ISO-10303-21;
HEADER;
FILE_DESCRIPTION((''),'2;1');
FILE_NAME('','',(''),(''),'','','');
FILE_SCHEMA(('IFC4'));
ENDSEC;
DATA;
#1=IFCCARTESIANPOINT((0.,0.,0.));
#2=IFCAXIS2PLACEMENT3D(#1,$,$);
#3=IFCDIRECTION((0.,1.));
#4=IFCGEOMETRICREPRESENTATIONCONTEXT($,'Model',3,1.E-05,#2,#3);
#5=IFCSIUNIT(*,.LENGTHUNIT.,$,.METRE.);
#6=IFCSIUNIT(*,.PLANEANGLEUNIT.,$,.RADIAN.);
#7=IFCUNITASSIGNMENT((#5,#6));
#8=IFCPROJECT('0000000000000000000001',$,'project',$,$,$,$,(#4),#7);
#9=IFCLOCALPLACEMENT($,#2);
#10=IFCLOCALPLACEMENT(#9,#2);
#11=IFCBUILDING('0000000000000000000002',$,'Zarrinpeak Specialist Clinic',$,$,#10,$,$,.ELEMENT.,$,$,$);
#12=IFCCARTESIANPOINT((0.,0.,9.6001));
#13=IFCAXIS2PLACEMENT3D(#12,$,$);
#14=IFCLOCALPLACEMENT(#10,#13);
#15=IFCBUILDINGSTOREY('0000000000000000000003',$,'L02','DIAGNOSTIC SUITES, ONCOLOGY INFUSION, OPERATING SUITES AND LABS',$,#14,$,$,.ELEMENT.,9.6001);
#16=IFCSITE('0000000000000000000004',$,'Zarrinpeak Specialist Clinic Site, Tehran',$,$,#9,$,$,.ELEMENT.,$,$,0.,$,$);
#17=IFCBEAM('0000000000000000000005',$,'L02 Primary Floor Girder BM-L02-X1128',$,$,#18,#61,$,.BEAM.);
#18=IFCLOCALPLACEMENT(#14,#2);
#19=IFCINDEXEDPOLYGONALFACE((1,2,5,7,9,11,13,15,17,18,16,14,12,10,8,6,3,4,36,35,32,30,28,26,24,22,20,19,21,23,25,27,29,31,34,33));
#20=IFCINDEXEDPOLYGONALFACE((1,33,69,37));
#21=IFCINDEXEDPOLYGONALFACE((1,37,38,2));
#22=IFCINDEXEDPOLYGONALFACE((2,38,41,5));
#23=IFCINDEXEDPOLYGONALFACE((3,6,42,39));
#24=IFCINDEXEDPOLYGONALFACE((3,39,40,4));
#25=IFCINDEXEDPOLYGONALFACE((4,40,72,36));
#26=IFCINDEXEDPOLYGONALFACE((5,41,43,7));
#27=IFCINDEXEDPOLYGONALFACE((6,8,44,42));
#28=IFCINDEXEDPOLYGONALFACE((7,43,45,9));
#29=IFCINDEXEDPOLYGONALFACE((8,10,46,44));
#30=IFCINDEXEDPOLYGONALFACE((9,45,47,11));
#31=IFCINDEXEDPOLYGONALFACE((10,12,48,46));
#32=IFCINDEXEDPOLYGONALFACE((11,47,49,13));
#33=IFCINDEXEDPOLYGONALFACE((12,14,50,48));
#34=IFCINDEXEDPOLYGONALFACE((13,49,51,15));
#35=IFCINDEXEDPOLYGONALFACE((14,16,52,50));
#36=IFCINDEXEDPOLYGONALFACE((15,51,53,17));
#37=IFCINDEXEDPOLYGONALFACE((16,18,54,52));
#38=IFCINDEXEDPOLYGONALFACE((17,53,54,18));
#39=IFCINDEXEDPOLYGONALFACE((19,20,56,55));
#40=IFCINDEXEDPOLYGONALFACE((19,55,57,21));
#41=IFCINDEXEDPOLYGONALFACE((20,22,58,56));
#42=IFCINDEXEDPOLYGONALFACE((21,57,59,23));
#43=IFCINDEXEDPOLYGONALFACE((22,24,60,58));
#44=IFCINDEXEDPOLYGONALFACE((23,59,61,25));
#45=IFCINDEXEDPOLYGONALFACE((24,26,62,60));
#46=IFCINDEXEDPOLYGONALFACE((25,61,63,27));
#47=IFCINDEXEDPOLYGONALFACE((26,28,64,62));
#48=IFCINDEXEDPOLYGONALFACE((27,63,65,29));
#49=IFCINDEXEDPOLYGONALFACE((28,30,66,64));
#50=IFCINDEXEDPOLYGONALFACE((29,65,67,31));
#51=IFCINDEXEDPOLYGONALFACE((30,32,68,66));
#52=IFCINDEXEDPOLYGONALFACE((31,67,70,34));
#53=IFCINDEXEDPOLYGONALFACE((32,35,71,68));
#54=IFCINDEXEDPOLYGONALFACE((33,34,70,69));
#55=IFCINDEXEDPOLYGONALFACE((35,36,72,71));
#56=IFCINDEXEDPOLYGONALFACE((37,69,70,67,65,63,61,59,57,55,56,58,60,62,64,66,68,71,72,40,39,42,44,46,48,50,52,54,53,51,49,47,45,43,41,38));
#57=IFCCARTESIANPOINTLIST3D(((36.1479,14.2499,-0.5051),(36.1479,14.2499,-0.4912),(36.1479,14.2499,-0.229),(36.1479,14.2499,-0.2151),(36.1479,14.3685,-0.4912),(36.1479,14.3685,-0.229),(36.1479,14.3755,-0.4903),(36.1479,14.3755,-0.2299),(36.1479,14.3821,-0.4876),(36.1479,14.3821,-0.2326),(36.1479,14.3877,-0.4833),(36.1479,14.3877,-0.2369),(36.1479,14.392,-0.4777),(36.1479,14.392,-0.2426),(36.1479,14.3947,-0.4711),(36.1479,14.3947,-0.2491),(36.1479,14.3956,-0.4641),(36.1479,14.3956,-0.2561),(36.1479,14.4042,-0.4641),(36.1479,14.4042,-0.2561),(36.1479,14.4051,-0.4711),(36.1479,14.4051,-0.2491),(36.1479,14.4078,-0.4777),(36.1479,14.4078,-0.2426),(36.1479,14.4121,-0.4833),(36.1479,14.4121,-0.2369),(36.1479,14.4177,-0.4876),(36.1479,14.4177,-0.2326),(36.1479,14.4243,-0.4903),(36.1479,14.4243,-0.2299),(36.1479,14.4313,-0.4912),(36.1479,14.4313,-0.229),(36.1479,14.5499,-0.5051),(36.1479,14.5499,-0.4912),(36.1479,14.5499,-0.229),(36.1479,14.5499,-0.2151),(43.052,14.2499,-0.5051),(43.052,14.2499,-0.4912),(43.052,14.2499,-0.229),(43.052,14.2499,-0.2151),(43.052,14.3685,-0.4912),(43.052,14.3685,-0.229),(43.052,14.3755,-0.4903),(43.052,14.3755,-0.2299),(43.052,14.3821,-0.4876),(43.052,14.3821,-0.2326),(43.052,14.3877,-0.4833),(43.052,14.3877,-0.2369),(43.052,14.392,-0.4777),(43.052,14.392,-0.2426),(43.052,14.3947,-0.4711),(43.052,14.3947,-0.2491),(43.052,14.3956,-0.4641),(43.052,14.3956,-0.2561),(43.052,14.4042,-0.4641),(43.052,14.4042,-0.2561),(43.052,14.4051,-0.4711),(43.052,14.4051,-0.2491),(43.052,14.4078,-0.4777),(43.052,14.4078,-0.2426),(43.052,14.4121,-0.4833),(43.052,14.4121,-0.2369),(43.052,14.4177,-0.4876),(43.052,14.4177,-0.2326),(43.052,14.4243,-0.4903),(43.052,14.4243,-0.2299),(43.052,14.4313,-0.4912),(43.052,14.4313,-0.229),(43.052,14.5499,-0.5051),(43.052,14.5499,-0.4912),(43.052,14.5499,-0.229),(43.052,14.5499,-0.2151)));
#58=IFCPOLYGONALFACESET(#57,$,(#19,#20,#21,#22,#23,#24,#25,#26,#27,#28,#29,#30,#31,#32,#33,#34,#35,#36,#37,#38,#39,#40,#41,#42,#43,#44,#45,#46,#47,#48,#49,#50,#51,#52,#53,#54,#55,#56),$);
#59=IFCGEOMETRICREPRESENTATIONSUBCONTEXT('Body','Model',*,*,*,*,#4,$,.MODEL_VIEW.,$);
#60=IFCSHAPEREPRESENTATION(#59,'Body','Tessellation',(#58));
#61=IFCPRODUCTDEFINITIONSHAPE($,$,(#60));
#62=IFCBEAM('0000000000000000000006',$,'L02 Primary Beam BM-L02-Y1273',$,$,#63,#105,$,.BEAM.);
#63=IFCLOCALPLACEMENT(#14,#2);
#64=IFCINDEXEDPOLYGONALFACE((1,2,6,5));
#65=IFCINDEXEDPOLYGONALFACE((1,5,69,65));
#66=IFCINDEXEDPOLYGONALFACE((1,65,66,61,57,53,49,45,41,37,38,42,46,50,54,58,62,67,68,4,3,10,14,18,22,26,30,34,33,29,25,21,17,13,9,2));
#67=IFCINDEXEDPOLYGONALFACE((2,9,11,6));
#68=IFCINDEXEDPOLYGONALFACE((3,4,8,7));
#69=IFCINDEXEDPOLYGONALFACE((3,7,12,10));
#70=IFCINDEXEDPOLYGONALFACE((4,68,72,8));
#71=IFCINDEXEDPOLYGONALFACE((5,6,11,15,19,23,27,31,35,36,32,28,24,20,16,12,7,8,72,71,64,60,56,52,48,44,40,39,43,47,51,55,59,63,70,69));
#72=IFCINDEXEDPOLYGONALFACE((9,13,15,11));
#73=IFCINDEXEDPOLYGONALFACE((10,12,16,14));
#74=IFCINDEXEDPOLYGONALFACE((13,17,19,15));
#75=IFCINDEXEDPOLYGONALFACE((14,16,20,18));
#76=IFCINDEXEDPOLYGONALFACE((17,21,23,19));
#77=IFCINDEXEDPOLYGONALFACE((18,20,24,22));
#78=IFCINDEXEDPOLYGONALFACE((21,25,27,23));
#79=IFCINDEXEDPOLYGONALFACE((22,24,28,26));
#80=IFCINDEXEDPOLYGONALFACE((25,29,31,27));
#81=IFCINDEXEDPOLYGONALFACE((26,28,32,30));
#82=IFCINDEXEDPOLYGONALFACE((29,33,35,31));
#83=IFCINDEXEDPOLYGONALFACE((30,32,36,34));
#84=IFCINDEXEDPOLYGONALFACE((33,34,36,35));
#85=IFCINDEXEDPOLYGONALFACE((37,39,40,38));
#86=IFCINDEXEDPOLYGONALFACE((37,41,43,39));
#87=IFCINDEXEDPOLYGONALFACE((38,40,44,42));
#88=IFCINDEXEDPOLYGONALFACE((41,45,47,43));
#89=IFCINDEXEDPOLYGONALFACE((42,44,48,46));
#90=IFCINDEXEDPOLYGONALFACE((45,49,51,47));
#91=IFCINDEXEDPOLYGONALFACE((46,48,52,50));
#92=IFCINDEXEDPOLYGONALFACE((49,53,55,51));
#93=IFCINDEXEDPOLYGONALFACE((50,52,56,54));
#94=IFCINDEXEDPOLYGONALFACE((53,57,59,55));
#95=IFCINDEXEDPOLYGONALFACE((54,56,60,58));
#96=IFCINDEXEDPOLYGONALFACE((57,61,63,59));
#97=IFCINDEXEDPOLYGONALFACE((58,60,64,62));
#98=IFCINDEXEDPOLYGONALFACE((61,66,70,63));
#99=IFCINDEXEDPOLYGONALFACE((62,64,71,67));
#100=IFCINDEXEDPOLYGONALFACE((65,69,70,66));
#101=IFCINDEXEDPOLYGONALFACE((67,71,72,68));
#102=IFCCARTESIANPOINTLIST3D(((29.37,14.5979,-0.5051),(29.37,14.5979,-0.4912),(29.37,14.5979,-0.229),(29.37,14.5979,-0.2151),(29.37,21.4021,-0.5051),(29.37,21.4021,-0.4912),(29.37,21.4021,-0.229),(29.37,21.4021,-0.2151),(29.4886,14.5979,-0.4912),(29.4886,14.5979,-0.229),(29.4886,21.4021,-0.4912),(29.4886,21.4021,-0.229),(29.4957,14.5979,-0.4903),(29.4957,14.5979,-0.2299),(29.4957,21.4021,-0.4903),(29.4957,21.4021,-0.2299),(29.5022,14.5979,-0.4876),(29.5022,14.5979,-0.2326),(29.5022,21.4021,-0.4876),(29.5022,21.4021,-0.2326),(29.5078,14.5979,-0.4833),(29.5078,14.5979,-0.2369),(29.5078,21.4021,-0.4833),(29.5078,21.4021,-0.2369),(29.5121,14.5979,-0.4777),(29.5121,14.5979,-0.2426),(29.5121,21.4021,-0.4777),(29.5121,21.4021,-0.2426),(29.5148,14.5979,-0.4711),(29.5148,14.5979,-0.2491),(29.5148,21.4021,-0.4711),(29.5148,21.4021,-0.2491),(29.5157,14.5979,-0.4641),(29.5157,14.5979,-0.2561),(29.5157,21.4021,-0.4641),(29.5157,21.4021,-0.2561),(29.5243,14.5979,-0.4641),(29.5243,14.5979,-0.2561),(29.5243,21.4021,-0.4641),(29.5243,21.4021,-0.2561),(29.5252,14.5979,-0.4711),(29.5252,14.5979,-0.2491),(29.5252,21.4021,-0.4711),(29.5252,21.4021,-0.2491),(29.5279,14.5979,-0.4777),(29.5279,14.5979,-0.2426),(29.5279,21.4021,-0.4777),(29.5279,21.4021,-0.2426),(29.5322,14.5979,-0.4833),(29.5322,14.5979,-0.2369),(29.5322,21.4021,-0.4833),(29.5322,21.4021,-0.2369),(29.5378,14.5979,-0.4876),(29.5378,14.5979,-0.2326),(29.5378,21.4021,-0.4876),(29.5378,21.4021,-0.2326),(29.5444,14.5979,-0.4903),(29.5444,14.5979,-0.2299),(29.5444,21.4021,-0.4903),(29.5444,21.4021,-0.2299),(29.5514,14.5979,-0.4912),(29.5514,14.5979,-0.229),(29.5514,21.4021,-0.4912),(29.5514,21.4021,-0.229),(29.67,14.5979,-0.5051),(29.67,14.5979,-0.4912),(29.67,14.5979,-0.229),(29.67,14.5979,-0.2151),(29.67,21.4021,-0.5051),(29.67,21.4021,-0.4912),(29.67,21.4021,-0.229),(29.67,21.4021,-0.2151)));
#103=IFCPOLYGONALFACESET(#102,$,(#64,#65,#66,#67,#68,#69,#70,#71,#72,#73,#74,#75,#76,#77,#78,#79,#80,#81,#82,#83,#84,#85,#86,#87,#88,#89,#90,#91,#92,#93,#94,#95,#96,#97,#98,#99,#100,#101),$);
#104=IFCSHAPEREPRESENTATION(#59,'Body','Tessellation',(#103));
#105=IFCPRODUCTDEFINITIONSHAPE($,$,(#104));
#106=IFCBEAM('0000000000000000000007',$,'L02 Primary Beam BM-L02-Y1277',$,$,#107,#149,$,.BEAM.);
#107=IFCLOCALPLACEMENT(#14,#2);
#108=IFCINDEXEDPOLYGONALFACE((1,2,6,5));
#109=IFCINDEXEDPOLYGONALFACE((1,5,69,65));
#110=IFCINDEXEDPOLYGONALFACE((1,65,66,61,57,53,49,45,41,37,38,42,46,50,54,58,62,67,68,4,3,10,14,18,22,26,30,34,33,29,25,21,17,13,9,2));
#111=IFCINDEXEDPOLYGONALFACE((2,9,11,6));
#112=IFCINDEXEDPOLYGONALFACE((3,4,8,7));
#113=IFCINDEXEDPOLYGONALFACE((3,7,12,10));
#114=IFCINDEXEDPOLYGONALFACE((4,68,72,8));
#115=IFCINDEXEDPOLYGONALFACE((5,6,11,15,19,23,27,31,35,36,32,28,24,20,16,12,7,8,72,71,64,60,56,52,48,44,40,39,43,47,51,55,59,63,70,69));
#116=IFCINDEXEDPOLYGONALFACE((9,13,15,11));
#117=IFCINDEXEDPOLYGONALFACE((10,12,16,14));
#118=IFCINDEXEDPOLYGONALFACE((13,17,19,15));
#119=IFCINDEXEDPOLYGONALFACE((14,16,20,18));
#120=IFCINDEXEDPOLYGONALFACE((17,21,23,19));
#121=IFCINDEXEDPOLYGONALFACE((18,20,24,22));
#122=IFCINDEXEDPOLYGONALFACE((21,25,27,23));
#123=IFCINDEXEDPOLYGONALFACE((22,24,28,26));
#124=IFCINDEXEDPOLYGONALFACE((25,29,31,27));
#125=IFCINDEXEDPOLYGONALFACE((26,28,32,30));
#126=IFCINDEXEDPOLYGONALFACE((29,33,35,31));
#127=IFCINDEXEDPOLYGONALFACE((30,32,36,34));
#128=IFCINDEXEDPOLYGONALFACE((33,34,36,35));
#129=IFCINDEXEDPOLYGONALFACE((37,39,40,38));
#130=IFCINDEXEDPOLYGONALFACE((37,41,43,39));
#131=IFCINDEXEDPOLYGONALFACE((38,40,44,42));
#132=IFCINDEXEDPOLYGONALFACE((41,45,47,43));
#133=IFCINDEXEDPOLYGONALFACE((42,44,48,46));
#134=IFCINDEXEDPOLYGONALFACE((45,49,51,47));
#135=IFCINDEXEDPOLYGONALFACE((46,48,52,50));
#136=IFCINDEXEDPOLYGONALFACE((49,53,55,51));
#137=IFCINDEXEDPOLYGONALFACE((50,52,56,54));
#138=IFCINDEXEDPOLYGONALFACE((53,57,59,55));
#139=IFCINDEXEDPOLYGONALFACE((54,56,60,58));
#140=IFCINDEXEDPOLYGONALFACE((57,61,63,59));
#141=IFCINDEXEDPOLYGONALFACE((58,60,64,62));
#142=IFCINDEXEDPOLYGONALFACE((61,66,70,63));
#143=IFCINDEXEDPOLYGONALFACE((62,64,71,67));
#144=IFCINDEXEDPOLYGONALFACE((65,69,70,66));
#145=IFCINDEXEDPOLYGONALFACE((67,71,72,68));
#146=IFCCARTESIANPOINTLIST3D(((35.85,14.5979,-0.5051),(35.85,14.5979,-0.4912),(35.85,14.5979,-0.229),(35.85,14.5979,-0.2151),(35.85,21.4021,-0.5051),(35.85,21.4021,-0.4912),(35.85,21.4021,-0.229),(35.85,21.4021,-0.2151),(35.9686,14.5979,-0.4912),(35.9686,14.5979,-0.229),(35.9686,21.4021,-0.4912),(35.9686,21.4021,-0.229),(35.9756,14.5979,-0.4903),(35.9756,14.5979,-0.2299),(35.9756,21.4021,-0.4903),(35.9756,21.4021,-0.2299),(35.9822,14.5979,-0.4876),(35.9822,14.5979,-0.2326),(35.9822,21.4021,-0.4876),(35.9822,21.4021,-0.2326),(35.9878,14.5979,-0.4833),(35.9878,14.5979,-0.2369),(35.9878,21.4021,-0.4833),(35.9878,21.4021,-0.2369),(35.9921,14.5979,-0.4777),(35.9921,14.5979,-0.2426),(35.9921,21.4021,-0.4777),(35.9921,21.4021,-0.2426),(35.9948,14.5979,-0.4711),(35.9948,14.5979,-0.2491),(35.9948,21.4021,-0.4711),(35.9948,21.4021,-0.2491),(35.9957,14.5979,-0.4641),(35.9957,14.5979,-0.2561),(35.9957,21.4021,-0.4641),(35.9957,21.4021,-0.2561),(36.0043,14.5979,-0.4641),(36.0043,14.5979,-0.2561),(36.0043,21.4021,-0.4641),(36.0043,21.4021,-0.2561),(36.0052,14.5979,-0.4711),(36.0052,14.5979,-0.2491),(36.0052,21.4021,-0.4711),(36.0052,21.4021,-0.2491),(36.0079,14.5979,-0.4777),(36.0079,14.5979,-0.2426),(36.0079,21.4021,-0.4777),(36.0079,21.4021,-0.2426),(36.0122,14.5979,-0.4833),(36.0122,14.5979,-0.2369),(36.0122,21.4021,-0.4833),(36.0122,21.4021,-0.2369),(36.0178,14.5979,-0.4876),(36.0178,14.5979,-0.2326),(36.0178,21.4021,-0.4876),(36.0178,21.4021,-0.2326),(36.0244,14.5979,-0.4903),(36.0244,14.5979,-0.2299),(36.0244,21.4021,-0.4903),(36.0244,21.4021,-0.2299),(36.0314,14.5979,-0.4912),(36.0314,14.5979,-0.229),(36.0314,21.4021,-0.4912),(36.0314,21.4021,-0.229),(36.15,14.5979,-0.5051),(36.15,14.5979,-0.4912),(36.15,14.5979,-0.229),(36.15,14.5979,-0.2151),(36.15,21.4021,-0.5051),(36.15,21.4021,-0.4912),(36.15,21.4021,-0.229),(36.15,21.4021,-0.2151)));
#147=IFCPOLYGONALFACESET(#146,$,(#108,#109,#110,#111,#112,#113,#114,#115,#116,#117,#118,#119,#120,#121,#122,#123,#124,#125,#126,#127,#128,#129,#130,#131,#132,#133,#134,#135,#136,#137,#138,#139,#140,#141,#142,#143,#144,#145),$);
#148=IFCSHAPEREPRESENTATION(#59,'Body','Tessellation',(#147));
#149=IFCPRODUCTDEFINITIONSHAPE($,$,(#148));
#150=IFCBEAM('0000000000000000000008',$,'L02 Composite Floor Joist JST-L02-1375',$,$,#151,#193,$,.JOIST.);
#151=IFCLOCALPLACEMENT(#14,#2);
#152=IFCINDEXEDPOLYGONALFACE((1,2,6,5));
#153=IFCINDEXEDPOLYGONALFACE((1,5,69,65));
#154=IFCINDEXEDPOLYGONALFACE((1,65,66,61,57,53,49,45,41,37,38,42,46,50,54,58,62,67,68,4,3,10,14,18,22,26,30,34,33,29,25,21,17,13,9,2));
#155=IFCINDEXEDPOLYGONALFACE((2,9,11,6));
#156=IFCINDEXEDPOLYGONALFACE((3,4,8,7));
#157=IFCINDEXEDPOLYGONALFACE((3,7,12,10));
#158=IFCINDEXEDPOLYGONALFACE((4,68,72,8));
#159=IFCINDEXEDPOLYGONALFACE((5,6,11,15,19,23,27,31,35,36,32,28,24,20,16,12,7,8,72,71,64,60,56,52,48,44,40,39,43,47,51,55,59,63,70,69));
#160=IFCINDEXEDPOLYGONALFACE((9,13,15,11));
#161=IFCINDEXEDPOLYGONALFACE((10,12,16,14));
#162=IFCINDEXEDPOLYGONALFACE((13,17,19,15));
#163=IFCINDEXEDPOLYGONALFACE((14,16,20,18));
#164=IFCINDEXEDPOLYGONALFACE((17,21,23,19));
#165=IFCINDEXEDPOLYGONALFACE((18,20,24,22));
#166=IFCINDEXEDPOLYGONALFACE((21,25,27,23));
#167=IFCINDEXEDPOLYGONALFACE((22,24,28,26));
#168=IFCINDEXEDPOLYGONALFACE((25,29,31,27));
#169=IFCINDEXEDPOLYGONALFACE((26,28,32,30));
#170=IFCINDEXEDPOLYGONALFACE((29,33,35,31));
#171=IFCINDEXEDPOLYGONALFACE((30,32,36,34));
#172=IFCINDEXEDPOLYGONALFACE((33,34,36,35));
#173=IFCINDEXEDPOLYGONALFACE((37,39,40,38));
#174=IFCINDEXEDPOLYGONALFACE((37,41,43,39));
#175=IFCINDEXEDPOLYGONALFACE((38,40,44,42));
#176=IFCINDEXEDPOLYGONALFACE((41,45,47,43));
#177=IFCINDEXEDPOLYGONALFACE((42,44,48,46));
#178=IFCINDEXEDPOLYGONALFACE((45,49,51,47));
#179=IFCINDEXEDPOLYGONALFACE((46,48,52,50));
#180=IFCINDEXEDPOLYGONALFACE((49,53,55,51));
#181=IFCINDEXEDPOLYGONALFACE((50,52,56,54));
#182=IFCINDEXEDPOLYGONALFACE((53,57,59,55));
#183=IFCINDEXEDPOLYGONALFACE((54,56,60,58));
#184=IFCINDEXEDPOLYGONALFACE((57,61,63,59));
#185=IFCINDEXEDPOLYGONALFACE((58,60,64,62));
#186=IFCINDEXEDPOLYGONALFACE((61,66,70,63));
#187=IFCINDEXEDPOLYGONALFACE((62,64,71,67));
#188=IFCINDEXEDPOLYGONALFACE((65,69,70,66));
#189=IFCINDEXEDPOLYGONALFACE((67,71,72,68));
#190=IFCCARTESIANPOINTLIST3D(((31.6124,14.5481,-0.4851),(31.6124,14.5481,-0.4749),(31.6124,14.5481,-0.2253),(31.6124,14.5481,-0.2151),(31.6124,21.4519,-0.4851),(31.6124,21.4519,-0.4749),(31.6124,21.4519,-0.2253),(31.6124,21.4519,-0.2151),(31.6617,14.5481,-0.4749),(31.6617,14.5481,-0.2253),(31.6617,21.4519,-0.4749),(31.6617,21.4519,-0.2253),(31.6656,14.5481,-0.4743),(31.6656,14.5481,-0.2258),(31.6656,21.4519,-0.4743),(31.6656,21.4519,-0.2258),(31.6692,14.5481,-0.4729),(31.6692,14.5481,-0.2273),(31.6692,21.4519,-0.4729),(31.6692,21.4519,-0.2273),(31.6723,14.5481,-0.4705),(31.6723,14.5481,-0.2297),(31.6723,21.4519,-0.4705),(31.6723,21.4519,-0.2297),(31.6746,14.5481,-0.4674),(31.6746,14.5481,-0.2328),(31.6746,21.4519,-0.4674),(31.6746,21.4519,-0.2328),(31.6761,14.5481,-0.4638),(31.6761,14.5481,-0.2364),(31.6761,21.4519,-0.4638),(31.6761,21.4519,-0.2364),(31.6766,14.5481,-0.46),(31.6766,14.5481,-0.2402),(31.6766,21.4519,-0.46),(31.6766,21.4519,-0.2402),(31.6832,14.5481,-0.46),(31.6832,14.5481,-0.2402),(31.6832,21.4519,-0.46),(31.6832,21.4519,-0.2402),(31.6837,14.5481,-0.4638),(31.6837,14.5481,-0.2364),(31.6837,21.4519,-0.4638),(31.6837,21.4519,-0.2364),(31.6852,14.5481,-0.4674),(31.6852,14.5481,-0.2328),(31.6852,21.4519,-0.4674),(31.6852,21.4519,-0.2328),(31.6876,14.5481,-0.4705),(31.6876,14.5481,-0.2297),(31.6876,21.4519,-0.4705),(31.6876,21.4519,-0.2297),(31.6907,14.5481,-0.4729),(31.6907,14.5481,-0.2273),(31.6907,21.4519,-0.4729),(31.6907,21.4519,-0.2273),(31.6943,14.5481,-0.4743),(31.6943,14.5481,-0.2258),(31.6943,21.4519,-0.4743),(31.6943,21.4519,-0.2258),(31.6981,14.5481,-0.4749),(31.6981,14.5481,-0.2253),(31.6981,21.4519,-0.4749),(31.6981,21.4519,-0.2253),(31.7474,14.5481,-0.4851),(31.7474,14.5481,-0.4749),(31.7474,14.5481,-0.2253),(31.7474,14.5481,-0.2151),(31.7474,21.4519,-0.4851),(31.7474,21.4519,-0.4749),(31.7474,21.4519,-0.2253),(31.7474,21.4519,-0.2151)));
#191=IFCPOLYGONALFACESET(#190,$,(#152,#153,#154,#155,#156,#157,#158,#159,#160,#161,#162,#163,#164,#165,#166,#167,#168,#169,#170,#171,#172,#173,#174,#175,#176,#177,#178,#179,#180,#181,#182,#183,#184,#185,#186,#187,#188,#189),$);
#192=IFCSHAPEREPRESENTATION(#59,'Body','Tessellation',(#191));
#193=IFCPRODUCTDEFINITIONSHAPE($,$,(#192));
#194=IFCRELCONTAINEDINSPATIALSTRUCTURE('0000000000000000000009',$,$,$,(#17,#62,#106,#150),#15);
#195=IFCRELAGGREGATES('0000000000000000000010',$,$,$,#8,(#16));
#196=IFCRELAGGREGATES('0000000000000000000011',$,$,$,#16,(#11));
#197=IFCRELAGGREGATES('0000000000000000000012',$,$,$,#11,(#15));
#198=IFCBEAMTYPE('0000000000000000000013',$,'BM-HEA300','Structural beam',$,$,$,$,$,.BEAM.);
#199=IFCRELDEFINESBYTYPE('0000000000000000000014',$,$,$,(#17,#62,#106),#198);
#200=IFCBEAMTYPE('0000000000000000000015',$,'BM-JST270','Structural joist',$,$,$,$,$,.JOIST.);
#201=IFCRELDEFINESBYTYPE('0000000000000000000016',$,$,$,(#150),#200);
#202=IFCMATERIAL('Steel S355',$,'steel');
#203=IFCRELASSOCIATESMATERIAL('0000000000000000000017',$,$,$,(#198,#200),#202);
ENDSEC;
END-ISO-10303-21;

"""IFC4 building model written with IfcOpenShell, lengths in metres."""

from ifc_helpers import new_model, si_unit, direction, frame, origin, origin_2d, place, context, subcontext, project, spatial, i_section, extrude, material, material_profile, profile_set, type_object, element, save


model = new_model("IFC4")

# Units and contexts
model_context = context("Model", 3, precision=1e-05, world=origin(), true_north=direction((0.0, 1.0)))
body_context = subcontext(model_context, "Body", "Model", "MODEL_VIEW")
ifc_project = project(units=[si_unit("LENGTHUNIT", "METRE"), si_unit("PLANEANGLEUNIT", "RADIAN")], contexts=[model_context])

# Site, building, storey
site_placement = place(None, origin())
site = spatial("IfcSite", under=ifc_project, at=site_placement, Name="Zarrinpeak Specialist Clinic Site, Tehran", CompositionType="ELEMENT", RefElevation=0.0)
building_placement = place(site_placement, origin())
building = spatial("IfcBuilding", under=site, at=building_placement, Name="Zarrinpeak Specialist Clinic", CompositionType="ELEMENT")
storey_placement = place(building_placement, frame((0.0, 0.0, 9.6001)))
storey = spatial("IfcBuildingStorey", under=building, at=storey_placement, Name="L02", Description="DIAGNOSTIC SUITES, ONCOLOGY INFUSION, OPERATING SUITES AND LABS", CompositionType="ELEMENT", Elevation=9.6001)

# Shared definitions
ifc_material_1 = material(Name="Steel S355", Category="steel")

# Beams
ifc_material_profile_1 = material_profile(ifc_material_1, i_section(OverallWidth=0.3, OverallDepth=0.29, WebThickness=0.0085, FlangeThickness=0.0139, FilletRadius=0.0271, at=origin_2d()), Name="HEA 300")
ifc_profile_set_1 = profile_set([ifc_material_profile_1], Name="Steel S355")
beam_type_1 = type_object("IfcBeamType", Name="BM-HEA300", Description="Structural beam", PredefinedType="BEAM", material=ifc_profile_set_1)
beam_1_placement = place(storey_placement, frame((36.1479, 14.3999, -0.3601), z_axis=(1.0, 0.0, 0.0), x_axis=(0.0, 1.0, 0.0)))
element("IfcBeam", 1, at=beam_1_placement, inside=storey, type_object=beam_type_1, Name="L02 Primary Floor Girder BM-L02-X1128", PredefinedType="BEAM", context=body_context, shape_type="SweptSolid", body=[
    extrude(i_section(OverallWidth=0.3, OverallDepth=0.29, WebThickness=0.0085, FlangeThickness=0.0139, FilletRadius=0.0271, at=origin_2d()), origin(), (0.0, 0.0, 1.0), 6.9041),
])
for number, where, z_axis, x_axis, name in (
    (2, (29.52, 14.5979, -0.3601), (0.0, 1.0, 0.0), (-1.0, 0.0, 0.0), "L02 Primary Beam BM-L02-Y1273"),
    (3, (36.0, 14.5979, -0.3601), (0.0, 1.0, 0.0), (-1.0, 0.0, 0.0), "L02 Primary Beam BM-L02-Y1277"),
):
    element("IfcBeam", number, at=place(storey_placement, frame(where, z_axis=z_axis, x_axis=x_axis)), inside=storey, type_object=beam_type_1, Name=name, PredefinedType="BEAM", context=body_context, shape_type="SweptSolid", body=[
        extrude(i_section(OverallWidth=0.3, OverallDepth=0.29, WebThickness=0.0085, FlangeThickness=0.0139, FilletRadius=0.0271, at=origin_2d()), origin(), (0.0, 0.0, 1.0), 6.8042),
    ])
ifc_material_profile_2 = material_profile(ifc_material_1, i_section(OverallWidth=0.135, OverallDepth=0.27, WebThickness=0.0066, FlangeThickness=0.0103, FilletRadius=0.0149, at=origin_2d()), Name="IPE 270")
ifc_profile_set_2 = profile_set([ifc_material_profile_2], Name="Steel S355")
beam_type_2 = type_object("IfcBeamType", Name="BM-JST270", Description="Structural joist", PredefinedType="JOIST", material=ifc_profile_set_2)
for number, where, z_axis, x_axis, name in (
    (4, (31.6799, 14.5481, -0.3501), (0.0, 1.0, 0.0), (-1.0, 0.0, 0.0), "L02 Composite Floor Joist JST-L02-1375"),
):
    element("IfcBeam", number, at=place(storey_placement, frame(where, z_axis=z_axis, x_axis=x_axis)), inside=storey, type_object=beam_type_2, Name=name, PredefinedType="JOIST", context=body_context, shape_type="SweptSolid", body=[
        extrude(i_section(OverallWidth=0.135, OverallDepth=0.27, WebThickness=0.0066, FlangeThickness=0.0103, FilletRadius=0.0149, at=origin_2d()), origin(), (0.0, 0.0, 1.0), 6.9038),
    ])

save(model, "model.ifc")
